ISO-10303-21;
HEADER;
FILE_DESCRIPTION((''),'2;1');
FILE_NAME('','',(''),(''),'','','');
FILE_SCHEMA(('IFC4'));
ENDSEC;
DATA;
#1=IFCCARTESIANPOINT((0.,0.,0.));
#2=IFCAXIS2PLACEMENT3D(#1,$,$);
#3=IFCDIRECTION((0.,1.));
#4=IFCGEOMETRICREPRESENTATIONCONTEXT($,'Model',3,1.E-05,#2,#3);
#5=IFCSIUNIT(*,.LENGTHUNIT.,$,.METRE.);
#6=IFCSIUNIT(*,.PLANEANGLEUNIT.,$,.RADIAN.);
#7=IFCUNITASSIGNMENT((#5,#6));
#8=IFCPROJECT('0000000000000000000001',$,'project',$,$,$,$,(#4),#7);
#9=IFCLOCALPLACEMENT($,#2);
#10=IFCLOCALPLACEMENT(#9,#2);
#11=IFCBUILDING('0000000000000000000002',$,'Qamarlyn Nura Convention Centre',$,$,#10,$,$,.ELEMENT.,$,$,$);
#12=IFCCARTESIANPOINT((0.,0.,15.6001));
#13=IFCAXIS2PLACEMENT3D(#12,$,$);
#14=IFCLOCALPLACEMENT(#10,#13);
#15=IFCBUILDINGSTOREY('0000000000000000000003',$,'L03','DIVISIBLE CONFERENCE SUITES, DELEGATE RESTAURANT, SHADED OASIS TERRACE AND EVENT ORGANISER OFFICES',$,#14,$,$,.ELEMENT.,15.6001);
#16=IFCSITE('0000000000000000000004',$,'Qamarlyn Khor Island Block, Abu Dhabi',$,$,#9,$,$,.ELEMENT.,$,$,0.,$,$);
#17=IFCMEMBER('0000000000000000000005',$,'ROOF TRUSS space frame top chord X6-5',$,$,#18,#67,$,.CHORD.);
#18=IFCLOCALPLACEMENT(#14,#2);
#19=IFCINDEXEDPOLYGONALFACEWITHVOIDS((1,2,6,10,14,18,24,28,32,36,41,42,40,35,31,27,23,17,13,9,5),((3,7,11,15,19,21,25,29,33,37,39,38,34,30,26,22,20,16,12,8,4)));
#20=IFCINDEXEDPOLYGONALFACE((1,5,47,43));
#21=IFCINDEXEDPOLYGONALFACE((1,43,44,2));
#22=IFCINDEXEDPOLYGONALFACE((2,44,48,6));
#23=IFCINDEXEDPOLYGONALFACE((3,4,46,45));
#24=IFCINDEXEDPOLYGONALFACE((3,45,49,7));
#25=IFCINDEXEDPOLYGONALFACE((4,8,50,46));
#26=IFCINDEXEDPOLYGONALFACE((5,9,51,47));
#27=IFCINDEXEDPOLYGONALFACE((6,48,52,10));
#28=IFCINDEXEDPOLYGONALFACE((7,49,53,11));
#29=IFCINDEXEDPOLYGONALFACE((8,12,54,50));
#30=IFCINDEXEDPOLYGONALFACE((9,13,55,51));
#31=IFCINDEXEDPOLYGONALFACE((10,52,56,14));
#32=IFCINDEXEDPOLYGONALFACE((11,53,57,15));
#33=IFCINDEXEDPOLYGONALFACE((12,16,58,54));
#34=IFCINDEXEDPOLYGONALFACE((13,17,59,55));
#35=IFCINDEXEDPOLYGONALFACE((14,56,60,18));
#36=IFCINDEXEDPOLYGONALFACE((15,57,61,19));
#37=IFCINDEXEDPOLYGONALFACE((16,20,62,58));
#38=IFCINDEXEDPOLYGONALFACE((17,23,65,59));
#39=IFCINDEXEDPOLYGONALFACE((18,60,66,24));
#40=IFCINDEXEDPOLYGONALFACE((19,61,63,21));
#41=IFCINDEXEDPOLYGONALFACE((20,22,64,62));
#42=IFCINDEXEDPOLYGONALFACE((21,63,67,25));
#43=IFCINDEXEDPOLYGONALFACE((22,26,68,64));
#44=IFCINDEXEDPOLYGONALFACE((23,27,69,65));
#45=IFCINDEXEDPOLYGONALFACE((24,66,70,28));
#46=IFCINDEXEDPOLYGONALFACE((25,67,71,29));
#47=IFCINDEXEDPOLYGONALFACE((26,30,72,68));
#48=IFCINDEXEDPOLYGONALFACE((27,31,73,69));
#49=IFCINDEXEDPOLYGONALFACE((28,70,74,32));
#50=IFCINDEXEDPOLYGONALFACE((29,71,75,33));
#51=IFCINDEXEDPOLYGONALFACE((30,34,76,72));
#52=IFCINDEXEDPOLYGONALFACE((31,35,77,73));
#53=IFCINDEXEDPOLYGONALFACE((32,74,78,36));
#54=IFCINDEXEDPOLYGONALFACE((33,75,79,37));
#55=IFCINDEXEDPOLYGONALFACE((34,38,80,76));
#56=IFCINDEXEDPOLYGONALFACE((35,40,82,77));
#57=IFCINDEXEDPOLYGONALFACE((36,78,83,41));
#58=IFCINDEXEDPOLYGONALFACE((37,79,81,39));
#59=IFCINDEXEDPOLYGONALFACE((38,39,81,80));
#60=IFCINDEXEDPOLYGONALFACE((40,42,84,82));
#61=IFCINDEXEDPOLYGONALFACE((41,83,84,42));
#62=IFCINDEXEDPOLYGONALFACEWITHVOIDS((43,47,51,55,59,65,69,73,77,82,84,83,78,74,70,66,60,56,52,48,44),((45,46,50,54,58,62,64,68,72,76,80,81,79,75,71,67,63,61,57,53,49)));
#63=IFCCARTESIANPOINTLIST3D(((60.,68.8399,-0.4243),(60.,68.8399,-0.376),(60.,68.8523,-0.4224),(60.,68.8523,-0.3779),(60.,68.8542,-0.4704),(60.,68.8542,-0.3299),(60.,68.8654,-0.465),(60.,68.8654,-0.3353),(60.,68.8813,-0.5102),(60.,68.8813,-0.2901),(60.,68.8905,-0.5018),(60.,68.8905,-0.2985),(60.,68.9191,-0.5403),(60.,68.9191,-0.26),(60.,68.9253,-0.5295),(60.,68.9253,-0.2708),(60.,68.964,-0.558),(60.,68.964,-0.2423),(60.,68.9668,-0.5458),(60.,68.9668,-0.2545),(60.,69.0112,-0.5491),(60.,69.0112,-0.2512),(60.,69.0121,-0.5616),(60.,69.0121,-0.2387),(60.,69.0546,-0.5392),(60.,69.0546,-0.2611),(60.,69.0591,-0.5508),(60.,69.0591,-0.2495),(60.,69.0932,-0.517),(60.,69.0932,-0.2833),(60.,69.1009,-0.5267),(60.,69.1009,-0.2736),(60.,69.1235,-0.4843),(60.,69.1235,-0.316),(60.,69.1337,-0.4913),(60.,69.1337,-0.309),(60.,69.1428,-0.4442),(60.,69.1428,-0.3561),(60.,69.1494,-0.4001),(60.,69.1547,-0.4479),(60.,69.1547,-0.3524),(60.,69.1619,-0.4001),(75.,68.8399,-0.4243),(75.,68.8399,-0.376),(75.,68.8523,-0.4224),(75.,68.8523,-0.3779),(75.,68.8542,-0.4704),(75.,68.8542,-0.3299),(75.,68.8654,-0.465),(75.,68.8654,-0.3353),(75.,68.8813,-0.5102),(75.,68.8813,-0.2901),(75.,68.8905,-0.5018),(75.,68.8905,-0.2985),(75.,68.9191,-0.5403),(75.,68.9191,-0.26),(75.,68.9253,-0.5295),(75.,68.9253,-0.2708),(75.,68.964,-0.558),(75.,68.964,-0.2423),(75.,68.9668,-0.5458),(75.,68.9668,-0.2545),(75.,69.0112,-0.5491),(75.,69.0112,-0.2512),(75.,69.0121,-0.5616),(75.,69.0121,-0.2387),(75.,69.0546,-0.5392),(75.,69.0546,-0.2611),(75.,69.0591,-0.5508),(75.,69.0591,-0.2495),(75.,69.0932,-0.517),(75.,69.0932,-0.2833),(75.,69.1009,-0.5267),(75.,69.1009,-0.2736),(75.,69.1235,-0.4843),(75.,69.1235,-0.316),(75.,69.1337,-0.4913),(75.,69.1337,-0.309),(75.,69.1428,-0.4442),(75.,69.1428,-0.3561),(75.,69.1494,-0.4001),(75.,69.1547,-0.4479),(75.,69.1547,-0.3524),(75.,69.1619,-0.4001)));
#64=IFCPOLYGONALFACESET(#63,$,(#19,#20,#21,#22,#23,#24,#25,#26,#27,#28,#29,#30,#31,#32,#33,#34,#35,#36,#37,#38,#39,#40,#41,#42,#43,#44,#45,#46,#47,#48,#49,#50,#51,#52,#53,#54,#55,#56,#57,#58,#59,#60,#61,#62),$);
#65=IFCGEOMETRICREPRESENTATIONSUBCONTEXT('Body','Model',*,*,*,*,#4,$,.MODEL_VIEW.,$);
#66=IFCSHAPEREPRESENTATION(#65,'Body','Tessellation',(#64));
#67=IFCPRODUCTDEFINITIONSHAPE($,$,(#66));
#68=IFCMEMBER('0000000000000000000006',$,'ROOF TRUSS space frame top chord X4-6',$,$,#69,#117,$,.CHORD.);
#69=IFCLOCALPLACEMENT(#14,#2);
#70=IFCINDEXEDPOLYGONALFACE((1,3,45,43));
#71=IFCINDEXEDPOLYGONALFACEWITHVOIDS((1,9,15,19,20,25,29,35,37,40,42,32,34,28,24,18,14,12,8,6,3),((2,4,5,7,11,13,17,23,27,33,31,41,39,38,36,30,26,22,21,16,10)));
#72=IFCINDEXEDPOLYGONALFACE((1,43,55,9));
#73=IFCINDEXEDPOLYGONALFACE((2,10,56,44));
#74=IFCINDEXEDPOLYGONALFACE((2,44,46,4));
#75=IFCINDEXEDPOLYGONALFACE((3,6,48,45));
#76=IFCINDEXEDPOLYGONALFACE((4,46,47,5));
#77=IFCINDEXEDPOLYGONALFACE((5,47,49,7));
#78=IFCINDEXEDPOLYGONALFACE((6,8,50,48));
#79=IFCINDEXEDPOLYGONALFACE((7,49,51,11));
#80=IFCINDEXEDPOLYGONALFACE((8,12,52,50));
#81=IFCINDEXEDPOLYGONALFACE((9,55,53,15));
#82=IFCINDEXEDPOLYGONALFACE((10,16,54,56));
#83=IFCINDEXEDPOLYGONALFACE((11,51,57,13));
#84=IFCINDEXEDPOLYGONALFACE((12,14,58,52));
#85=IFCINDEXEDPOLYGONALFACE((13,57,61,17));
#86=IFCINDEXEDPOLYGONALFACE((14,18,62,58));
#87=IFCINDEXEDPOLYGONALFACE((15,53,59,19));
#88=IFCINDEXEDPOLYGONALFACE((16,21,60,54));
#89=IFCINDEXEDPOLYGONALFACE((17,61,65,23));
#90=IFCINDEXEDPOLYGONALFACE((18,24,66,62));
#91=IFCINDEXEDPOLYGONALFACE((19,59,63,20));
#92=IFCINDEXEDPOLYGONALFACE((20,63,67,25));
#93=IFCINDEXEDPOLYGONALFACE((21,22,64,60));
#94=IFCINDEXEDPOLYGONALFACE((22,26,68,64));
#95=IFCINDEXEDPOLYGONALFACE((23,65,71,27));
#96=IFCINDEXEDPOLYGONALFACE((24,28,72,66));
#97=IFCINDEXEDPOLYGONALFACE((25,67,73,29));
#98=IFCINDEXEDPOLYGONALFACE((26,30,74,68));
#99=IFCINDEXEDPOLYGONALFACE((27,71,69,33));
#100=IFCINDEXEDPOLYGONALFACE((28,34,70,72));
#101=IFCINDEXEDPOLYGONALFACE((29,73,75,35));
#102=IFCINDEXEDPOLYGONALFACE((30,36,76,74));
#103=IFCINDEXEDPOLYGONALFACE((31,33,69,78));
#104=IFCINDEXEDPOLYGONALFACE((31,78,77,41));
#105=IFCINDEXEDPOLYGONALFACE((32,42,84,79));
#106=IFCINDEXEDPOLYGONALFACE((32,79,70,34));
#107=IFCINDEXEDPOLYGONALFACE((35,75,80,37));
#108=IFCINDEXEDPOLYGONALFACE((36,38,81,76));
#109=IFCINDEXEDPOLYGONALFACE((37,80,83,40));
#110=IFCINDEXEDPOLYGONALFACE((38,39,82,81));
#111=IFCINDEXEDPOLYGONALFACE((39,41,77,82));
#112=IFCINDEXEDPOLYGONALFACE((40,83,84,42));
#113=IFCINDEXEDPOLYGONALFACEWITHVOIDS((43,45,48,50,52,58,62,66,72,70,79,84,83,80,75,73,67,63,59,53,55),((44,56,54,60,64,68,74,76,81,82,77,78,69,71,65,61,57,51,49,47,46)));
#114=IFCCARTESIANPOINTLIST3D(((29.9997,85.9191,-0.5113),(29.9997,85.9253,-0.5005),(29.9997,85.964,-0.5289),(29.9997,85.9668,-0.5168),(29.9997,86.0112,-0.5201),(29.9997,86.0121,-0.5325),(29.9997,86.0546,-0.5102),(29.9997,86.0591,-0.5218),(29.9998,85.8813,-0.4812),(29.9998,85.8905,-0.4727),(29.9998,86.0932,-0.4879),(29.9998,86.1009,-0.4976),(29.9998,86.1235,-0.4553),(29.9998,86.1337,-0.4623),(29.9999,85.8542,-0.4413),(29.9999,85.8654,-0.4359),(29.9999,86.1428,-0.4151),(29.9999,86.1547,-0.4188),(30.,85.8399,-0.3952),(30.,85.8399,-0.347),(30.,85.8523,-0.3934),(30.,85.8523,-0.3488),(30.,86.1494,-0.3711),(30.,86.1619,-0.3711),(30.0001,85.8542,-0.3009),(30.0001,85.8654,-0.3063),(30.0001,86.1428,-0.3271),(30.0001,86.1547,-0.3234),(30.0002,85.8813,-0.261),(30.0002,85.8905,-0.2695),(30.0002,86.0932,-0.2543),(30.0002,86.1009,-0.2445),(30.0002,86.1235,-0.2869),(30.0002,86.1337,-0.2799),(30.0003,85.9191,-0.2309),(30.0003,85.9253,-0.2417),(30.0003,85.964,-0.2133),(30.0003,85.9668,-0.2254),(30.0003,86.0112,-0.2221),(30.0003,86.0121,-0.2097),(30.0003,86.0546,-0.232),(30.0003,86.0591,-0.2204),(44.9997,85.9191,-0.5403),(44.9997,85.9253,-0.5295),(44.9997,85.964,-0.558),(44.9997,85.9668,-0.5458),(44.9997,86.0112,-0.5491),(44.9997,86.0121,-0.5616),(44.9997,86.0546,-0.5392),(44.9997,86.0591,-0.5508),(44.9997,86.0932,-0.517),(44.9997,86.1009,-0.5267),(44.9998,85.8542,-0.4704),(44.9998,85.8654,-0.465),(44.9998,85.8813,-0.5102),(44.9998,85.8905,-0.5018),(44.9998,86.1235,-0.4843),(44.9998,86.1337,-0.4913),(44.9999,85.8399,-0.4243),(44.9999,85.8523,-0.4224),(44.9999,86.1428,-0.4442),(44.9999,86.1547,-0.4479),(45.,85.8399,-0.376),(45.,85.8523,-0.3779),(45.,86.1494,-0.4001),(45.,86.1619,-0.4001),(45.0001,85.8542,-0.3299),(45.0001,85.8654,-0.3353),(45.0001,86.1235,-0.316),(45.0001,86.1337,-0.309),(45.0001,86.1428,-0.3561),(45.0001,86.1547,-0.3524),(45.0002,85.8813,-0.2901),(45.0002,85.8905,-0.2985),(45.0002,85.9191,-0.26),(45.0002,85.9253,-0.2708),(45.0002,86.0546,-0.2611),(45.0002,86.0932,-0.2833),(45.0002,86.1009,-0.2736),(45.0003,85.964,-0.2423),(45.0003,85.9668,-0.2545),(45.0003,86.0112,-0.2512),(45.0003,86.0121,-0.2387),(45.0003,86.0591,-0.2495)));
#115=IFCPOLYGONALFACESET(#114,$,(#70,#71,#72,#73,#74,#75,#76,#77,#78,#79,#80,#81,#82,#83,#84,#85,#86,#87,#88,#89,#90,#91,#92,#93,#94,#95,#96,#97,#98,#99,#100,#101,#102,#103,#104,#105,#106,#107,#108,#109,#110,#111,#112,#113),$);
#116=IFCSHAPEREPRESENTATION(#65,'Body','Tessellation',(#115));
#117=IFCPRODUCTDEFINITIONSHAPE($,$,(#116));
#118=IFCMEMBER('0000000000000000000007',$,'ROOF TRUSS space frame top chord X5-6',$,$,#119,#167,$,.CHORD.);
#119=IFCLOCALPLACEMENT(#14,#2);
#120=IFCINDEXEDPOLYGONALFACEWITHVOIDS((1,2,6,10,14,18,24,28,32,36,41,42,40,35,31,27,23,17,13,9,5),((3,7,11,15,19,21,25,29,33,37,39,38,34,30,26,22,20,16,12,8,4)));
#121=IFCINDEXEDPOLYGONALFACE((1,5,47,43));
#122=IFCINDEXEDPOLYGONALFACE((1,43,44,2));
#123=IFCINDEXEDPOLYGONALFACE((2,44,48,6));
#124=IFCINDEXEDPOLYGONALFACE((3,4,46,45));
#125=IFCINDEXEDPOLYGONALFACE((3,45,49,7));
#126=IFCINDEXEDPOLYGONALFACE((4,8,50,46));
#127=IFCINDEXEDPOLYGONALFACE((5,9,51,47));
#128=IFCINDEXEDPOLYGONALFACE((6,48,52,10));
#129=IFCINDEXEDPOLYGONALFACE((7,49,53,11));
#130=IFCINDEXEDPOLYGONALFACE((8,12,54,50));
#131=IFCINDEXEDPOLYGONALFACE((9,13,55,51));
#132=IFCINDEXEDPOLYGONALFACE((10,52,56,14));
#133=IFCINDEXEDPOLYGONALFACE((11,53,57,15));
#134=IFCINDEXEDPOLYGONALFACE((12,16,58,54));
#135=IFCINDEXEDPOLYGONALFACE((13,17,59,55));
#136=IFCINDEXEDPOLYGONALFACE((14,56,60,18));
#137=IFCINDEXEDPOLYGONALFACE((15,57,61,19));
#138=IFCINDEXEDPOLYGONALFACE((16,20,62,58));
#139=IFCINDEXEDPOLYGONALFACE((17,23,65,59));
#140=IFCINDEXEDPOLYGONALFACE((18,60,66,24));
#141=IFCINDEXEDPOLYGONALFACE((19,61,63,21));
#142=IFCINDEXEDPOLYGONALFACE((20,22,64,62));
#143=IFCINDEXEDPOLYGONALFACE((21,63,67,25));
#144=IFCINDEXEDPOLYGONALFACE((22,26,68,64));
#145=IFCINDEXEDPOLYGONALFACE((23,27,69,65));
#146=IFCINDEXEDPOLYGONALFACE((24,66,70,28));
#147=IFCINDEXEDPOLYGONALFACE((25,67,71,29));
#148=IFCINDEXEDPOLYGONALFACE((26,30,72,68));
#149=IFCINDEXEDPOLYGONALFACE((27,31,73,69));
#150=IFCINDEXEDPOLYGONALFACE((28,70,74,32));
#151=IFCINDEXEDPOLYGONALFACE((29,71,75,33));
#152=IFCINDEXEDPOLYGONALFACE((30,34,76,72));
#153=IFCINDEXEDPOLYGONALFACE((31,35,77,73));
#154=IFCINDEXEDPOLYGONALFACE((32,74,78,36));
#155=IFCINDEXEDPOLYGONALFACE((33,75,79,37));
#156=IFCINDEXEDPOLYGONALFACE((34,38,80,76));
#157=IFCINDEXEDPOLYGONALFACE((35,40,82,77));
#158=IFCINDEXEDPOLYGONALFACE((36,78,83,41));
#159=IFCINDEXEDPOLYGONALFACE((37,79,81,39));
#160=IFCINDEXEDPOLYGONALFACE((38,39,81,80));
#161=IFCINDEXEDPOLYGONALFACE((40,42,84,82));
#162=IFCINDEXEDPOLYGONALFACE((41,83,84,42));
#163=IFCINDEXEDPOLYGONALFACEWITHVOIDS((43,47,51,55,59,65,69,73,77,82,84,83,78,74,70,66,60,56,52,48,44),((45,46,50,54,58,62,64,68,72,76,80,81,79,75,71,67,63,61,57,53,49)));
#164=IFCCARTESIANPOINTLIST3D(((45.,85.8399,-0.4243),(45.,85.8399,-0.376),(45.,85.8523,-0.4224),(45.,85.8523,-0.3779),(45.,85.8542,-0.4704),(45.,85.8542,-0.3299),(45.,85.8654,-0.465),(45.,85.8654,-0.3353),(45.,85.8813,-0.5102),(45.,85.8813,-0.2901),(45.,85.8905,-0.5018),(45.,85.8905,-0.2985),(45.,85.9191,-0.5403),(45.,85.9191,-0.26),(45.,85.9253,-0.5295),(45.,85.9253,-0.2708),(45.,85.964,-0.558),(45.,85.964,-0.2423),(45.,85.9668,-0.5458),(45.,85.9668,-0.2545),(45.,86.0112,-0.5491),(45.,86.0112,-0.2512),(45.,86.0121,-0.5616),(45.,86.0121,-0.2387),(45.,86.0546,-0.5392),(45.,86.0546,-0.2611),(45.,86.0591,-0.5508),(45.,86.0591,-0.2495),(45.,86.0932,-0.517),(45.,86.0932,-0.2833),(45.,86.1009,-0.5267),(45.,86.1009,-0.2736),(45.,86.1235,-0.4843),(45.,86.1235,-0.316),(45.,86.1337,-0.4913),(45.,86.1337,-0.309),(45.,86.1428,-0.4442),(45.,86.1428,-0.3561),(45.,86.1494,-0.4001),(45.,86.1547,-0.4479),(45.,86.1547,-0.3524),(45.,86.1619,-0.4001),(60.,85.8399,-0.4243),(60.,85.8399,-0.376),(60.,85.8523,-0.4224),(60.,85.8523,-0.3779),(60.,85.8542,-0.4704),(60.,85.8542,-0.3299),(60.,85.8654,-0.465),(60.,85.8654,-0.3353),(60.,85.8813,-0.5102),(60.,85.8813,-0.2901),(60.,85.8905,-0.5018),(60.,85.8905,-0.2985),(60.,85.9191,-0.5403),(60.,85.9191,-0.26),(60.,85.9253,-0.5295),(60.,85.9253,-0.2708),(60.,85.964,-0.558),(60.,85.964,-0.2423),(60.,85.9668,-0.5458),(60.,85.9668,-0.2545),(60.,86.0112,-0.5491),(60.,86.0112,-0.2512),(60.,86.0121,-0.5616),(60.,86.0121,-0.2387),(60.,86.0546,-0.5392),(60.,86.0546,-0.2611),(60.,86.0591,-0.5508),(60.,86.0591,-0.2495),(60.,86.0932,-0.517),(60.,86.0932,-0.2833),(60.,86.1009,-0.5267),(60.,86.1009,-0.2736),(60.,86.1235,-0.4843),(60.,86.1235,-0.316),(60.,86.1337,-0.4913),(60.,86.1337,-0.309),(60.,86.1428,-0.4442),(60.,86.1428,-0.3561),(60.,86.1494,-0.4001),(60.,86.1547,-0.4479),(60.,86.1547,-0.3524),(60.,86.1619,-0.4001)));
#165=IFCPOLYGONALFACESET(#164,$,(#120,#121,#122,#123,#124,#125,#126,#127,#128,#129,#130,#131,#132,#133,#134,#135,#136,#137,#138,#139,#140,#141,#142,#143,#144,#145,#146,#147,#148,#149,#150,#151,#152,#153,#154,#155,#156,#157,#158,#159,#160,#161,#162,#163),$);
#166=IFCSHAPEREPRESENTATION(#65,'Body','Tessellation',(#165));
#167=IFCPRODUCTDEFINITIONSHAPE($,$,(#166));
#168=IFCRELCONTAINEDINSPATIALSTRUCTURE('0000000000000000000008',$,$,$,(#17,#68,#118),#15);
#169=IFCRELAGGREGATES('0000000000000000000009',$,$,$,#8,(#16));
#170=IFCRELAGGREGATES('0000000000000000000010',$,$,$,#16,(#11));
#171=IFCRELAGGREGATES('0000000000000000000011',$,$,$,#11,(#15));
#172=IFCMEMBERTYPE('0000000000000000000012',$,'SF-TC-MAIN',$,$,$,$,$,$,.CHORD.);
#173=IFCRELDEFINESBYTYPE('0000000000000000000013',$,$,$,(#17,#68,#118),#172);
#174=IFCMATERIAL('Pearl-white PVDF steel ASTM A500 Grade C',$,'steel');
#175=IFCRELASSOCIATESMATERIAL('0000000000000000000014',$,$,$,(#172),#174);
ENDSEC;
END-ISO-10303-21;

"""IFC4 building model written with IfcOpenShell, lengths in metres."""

from ifc_helpers import new_model, si_unit, direction, frame, origin, origin_2d, place, context, subcontext, project, spatial, hollow_circle, extrude, material, material_profile, profile_set, type_object, element, save


model = new_model("IFC4")

# Units and contexts
model_context = context("Model", 3, precision=1e-05, world=origin(), true_north=direction((0.0, 1.0)))
body_context = subcontext(model_context, "Body", "Model", "MODEL_VIEW")
ifc_project = project(units=[si_unit("LENGTHUNIT", "METRE"), si_unit("PLANEANGLEUNIT", "RADIAN")], contexts=[model_context])

# Site, building, storey
site_placement = place(None, origin())
site = spatial("IfcSite", under=ifc_project, at=site_placement, Name="Qamarlyn Khor Island Block, Abu Dhabi", CompositionType="ELEMENT", RefElevation=0.0)
building_placement = place(site_placement, origin())
building = spatial("IfcBuilding", under=site, at=building_placement, Name="Qamarlyn Nura Convention Centre", CompositionType="ELEMENT")
storey_placement = place(building_placement, frame((0.0, 0.0, 15.6001)))
storey = spatial("IfcBuildingStorey", under=building, at=storey_placement, Name="L03", Description="DIVISIBLE CONFERENCE SUITES, DELEGATE RESTAURANT, SHADED OASIS TERRACE AND EVENT ORGANISER OFFICES", CompositionType="ELEMENT", Elevation=15.6001)

# Members
ifc_material_1 = material(Name="Pearl-white PVDF steel ASTM A500 Grade C", Category="steel")
ifc_material_profile_1 = material_profile(ifc_material_1, hollow_circle(Radius=0.1619, WallThickness=0.0125, at=origin_2d()), Name="CHS323.9X12.5")
ifc_profile_set_1 = profile_set([ifc_material_profile_1], Name="Pearl-white PVDF steel ASTM A500 Grade C")
member_type_1 = type_object("IfcMemberType", Name="SF-TC-MAIN", PredefinedType="CHORD", material=ifc_profile_set_1)
for number, where, z_axis, x_axis, name in (
    (1, (60.0, 69.0, -0.4001), (1.0, 0.0, 0.0), (0.0, 1.0, 0.0), "ROOF TRUSS space frame top chord X6-5"),
    (2, (30.0, 86.0, -0.3711), (0.999998, 0.0, -0.001937), (0.0, 1.0, 0.0), "ROOF TRUSS space frame top chord X4-6"),
    (3, (45.0, 86.0, -0.4001), (1.0, 0.0, 0.0), (0.0, 1.0, 0.0), "ROOF TRUSS space frame top chord X5-6"),
):
    element("IfcMember", number, at=place(storey_placement, frame(where, z_axis=z_axis, x_axis=x_axis)), inside=storey, type_object=member_type_1, Name=name, PredefinedType="CHORD", context=body_context, shape_type="SweptSolid", body=[
        extrude(hollow_circle(Radius=0.1619, WallThickness=0.0125, at=origin_2d()), origin(), (0.0, 0.0, 1.0), 15.0),
    ])

save(model, "model.ifc")
